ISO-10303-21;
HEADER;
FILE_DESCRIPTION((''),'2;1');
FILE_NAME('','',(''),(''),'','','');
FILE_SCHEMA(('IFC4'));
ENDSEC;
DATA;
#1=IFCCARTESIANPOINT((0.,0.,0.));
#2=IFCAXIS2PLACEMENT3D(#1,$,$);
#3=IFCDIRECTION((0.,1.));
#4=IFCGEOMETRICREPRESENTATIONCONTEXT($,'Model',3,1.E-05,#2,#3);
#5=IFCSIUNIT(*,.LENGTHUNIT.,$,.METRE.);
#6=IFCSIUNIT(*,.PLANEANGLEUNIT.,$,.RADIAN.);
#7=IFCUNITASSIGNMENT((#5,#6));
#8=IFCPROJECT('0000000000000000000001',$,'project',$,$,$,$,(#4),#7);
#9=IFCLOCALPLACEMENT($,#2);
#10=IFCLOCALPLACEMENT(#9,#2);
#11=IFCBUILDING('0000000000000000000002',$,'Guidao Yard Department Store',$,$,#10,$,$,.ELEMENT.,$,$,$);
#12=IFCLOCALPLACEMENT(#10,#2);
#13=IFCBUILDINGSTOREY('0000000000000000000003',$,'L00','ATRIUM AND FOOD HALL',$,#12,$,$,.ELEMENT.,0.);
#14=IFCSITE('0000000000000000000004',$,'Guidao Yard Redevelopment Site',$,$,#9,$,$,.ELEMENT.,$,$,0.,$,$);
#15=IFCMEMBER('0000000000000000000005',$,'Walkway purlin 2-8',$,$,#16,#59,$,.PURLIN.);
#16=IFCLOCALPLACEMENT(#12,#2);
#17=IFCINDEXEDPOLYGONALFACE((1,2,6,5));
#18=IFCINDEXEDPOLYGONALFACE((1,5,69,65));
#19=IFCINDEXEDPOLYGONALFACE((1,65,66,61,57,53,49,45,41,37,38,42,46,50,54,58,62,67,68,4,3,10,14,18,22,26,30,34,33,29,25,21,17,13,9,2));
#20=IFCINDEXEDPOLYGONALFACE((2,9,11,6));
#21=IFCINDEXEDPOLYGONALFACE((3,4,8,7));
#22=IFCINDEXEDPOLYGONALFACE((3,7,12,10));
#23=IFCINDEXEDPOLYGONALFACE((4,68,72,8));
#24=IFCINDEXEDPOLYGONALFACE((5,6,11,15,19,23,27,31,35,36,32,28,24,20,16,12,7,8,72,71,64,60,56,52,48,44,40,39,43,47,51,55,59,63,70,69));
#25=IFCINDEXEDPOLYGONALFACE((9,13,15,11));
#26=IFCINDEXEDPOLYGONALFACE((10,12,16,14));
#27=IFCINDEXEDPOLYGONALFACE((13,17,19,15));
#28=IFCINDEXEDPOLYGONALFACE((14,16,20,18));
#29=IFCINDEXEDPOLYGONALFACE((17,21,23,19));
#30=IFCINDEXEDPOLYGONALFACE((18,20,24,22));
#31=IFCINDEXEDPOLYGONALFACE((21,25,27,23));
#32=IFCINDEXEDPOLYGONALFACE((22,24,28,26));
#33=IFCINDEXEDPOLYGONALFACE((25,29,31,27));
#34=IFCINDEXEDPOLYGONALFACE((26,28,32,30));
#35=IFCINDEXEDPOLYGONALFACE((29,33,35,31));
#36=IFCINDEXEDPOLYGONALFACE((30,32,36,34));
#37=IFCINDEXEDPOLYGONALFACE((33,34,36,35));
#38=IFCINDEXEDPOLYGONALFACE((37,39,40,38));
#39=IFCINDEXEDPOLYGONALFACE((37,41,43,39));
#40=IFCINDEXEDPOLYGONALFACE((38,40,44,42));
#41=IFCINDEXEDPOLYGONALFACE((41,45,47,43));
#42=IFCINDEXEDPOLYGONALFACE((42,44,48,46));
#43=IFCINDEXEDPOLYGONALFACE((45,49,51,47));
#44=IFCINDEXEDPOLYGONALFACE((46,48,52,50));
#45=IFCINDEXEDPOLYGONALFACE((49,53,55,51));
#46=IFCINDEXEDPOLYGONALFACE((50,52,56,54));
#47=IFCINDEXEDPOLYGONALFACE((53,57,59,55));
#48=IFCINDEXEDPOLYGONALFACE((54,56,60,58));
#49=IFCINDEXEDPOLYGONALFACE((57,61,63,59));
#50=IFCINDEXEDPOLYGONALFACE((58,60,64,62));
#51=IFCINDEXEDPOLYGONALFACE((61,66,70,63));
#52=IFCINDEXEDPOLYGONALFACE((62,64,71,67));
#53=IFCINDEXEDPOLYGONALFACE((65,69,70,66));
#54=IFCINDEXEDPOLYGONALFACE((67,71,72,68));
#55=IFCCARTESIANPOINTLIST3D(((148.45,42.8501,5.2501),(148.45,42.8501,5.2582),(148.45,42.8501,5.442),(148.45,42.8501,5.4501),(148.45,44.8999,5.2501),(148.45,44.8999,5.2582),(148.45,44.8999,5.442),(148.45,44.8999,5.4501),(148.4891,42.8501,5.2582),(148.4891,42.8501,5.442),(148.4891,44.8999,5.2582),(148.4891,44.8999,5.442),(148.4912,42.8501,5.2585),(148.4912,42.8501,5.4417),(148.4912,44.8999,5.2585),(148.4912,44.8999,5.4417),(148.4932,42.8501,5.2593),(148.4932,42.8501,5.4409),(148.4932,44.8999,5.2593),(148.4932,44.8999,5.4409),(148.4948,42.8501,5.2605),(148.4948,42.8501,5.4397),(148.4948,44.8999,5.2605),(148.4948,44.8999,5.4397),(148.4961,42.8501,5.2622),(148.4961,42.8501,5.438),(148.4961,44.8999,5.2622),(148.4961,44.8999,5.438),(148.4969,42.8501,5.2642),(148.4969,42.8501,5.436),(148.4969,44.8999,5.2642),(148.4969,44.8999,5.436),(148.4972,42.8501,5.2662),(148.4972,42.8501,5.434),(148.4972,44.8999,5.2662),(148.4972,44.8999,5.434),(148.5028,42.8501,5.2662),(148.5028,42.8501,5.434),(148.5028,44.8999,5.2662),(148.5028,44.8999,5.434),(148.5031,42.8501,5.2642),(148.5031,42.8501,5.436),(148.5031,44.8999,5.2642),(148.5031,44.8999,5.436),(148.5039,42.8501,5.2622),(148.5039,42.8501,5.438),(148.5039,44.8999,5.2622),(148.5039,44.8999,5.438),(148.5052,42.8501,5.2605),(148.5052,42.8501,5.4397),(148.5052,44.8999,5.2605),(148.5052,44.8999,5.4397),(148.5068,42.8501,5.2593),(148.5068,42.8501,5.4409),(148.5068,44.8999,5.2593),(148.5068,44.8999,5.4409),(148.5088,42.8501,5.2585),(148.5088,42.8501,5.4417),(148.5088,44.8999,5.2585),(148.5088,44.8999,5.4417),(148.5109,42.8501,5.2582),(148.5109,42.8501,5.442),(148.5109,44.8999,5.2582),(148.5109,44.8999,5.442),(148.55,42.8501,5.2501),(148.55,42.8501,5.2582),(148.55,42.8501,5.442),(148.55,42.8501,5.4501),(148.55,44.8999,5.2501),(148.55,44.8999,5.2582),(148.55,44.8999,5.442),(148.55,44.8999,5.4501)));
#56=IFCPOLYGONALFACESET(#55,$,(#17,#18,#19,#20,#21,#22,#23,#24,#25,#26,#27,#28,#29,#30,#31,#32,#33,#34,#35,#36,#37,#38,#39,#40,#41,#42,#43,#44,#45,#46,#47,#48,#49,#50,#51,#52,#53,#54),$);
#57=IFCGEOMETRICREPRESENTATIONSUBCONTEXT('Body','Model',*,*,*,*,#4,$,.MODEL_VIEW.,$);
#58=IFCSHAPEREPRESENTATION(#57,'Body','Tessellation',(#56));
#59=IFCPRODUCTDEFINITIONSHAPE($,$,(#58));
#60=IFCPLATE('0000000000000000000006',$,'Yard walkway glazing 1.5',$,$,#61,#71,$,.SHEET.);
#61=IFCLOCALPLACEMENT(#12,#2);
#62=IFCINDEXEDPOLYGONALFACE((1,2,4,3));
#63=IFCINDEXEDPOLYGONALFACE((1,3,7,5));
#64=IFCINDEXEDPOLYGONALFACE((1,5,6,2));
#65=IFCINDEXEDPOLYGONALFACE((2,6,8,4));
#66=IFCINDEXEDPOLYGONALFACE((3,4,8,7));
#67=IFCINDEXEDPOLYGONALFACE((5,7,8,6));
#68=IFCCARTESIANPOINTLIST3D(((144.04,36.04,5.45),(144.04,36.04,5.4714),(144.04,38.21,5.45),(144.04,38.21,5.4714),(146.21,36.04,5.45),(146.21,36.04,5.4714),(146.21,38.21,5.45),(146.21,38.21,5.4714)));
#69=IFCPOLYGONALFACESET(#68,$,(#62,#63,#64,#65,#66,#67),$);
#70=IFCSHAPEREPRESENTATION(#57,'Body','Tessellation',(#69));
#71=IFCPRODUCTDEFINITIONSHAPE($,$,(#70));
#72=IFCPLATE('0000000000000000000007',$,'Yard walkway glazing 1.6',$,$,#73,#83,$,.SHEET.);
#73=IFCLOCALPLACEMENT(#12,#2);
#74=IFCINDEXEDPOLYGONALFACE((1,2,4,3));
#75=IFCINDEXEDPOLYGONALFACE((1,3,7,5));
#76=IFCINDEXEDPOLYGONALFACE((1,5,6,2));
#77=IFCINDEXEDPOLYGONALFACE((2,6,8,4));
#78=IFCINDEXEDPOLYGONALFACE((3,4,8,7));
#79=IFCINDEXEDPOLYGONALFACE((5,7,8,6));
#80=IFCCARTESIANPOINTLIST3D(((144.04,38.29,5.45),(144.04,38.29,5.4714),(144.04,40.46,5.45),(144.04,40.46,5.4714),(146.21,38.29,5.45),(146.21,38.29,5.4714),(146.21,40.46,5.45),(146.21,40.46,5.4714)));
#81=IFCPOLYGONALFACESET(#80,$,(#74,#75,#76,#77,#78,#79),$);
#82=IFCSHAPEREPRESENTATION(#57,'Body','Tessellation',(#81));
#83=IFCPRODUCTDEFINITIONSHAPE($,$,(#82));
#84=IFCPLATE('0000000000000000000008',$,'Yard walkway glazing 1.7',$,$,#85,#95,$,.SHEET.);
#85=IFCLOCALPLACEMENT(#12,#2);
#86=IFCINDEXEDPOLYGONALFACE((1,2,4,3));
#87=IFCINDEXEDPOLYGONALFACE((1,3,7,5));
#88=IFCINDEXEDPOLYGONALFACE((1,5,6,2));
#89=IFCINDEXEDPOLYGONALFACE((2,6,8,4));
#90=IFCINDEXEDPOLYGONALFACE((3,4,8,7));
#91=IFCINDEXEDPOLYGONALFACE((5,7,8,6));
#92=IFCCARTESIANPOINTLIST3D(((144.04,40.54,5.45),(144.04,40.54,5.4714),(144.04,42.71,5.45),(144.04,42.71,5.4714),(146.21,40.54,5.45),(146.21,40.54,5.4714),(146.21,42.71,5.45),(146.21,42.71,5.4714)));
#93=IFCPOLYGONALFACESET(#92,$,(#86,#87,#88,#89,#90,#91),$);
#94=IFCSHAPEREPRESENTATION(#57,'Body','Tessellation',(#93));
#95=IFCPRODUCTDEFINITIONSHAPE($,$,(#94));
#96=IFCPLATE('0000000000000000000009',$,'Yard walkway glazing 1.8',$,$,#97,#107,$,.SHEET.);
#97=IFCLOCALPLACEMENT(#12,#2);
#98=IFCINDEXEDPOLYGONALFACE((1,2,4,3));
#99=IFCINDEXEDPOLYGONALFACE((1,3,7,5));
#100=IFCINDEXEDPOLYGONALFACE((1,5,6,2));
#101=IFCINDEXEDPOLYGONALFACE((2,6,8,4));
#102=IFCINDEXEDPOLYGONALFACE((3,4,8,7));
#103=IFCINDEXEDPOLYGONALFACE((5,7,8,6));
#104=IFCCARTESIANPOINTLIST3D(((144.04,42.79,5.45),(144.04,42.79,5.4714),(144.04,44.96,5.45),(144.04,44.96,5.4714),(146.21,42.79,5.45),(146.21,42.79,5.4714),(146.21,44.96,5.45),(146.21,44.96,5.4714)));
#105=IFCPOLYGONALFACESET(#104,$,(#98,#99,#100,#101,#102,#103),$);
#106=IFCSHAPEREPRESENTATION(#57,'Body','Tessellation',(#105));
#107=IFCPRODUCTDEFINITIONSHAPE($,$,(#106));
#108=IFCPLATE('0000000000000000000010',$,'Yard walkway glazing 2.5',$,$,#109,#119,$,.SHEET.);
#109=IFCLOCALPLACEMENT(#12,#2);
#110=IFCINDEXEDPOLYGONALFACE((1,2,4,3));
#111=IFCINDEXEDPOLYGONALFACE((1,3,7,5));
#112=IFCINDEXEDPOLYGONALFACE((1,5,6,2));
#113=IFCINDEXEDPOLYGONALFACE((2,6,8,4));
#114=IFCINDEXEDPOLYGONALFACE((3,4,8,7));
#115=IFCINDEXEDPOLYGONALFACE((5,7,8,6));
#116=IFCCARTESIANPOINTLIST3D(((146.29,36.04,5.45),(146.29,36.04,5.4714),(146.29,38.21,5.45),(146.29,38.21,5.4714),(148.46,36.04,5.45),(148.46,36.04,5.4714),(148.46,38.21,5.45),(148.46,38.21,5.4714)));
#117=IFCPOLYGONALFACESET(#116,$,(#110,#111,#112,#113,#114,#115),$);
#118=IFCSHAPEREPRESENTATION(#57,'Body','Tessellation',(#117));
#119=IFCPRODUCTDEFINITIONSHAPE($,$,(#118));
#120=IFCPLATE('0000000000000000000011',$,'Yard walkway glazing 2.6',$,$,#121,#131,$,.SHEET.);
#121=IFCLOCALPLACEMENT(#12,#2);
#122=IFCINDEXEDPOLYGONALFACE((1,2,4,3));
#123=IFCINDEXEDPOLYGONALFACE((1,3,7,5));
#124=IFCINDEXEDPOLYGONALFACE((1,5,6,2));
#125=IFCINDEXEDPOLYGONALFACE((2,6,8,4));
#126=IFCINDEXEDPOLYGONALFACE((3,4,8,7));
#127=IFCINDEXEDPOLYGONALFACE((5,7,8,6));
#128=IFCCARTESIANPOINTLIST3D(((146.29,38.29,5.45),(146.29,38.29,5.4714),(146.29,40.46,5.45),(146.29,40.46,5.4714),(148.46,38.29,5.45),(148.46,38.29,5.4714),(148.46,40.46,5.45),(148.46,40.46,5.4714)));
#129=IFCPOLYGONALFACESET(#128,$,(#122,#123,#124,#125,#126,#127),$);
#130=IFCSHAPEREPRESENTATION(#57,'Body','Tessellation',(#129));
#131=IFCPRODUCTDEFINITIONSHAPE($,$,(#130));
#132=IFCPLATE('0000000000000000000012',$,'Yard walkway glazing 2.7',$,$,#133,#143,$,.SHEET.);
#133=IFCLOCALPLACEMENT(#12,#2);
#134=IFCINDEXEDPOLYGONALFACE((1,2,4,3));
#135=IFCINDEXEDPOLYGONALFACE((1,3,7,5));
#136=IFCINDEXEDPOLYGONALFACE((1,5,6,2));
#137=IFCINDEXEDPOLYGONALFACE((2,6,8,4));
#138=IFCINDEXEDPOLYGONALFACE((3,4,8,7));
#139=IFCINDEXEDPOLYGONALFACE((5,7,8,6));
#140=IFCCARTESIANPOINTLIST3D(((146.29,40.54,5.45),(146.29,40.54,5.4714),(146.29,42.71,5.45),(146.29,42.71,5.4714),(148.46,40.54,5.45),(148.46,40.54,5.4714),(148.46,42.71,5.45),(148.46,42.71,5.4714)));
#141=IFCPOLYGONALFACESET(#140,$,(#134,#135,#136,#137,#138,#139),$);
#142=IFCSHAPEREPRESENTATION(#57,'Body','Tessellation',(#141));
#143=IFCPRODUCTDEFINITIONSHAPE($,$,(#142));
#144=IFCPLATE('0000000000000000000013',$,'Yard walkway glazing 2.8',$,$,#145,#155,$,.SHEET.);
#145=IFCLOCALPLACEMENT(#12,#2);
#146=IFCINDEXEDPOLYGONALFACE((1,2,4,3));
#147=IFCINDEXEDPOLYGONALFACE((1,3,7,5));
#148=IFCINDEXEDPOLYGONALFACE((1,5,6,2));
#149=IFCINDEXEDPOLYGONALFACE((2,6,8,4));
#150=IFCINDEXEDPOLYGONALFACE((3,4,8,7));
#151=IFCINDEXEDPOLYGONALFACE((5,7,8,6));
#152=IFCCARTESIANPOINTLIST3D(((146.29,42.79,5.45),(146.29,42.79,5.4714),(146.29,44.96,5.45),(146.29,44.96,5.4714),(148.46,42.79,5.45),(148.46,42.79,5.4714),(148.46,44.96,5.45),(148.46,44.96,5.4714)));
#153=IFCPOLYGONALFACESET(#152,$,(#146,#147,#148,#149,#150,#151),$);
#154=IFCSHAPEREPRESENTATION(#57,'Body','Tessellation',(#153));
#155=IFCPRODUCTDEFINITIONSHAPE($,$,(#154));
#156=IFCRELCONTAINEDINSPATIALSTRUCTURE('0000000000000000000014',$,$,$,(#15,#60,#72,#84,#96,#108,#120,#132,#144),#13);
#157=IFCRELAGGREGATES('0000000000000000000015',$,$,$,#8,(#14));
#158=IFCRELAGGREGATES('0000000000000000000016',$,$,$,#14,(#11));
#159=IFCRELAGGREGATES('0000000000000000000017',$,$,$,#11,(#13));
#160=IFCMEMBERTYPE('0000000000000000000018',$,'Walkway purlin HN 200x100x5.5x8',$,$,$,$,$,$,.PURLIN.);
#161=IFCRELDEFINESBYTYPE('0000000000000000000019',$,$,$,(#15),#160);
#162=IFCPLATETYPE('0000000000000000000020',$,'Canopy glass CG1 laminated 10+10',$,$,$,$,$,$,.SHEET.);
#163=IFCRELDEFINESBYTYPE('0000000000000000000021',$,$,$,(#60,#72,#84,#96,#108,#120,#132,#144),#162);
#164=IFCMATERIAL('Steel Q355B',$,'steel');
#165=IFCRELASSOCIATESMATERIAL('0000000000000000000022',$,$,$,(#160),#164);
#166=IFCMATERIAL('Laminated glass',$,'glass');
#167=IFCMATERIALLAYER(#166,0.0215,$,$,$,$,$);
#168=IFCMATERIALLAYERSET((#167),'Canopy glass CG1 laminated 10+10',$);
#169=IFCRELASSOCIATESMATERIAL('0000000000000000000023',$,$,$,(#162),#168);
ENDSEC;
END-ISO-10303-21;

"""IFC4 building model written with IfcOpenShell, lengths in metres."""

from ifc_helpers import new_model, si_unit, direction, frame, origin, origin_2d, place, context, subcontext, project, spatial, rectangle, i_section, extrude, material, layer, layer_set, material_profile, profile_set, type_object, element, save


model = new_model("IFC4")

# Units and contexts
model_context = context("Model", 3, precision=1e-05, world=origin(), true_north=direction((0.0, 1.0)))
body_context = subcontext(model_context, "Body", "Model", "MODEL_VIEW")
ifc_project = project(units=[si_unit("LENGTHUNIT", "METRE"), si_unit("PLANEANGLEUNIT", "RADIAN")], contexts=[model_context])

# Site, building, storey
site_placement = place(None, origin())
site = spatial("IfcSite", under=ifc_project, at=site_placement, Name="Guidao Yard Redevelopment Site", CompositionType="ELEMENT", RefElevation=0.0)
building_placement = place(site_placement, origin())
building = spatial("IfcBuilding", under=site, at=building_placement, Name="Guidao Yard Department Store", CompositionType="ELEMENT")
storey_placement = place(building_placement, origin())
storey = spatial("IfcBuildingStorey", under=building, at=storey_placement, Name="L00", Description="ATRIUM AND FOOD HALL", CompositionType="ELEMENT", Elevation=0.0)

# Member
ifc_material_1 = material(Name="Steel Q355B", Category="steel")
ifc_material_profile_1 = material_profile(ifc_material_1, i_section(OverallWidth=0.1001, OverallDepth=0.2, WebThickness=0.0056, FlangeThickness=0.0081, FilletRadius=0.0081, at=origin_2d()), Name="HN 200x100x5.5x8")
ifc_profile_set_1 = profile_set([ifc_material_profile_1], Name="Steel Q355B")
member_type = type_object("IfcMemberType", Name="Walkway purlin HN 200x100x5.5x8", PredefinedType="PURLIN", material=ifc_profile_set_1)
for number, where, z_axis, x_axis, name in (
    (1, (148.5, 42.8501, 5.3501), (0.0, 1.0, 0.0), (-1.0, 0.0, 0.0), "Walkway purlin 2-8"),
):
    element("IfcMember", number, at=place(storey_placement, frame(where, z_axis=z_axis, x_axis=x_axis)), inside=storey, type_object=member_type, Name=name, PredefinedType="PURLIN", context=body_context, shape_type="SweptSolid", body=[
        extrude(i_section(OverallWidth=0.1001, OverallDepth=0.2, WebThickness=0.0056, FlangeThickness=0.0081, FilletRadius=0.0081, at=origin_2d()), origin(), (0.0, 0.0, 1.0), 2.0498),
    ])

# Plates
ifc_material_2 = material(Name="Laminated glass", Category="glass")
ifc_layer = layer(ifc_material_2, 0.0215)
ifc_layer_set = layer_set([ifc_layer], Name="Canopy glass CG1 laminated 10+10")
plate_type = type_object("IfcPlateType", Name="Canopy glass CG1 laminated 10+10", PredefinedType="SHEET", material=ifc_layer_set)
for number, where, z_axis, x_axis, name in (
    (2, (145.125, 37.125, 5.45), (0.0, 0.0, 1.0), (1.0, 0.0, 0.0), "Yard walkway glazing 1.5"),
    (3, (145.125, 39.375, 5.45), (0.0, 0.0, 1.0), (1.0, 0.0, 0.0), "Yard walkway glazing 1.6"),
    (4, (145.125, 41.625, 5.45), (0.0, 0.0, 1.0), (1.0, 0.0, 0.0), "Yard walkway glazing 1.7"),
    (5, (145.125, 43.875, 5.45), (0.0, 0.0, 1.0), (1.0, 0.0, 0.0), "Yard walkway glazing 1.8"),
    (6, (147.375, 37.125, 5.45), (0.0, 0.0, 1.0), (1.0, 0.0, 0.0), "Yard walkway glazing 2.5"),
    (7, (147.375, 39.375, 5.45), (0.0, 0.0, 1.0), (1.0, 0.0, 0.0), "Yard walkway glazing 2.6"),
    (8, (147.375, 41.625, 5.45), (0.0, 0.0, 1.0), (1.0, 0.0, 0.0), "Yard walkway glazing 2.7"),
    (9, (147.375, 43.875, 5.45), (0.0, 0.0, 1.0), (1.0, 0.0, 0.0), "Yard walkway glazing 2.8"),
):
    element("IfcPlate", number, at=place(storey_placement, frame(where, z_axis=z_axis, x_axis=x_axis)), inside=storey, type_object=plate_type, Name=name, PredefinedType="SHEET", context=body_context, shape_type="SweptSolid", body=[
        extrude(rectangle(XDim=2.1699, YDim=2.1699, at=origin_2d()), origin(), (0.0, 0.0, 1.0), 0.0215),
    ])

save(model, "model.ifc")
